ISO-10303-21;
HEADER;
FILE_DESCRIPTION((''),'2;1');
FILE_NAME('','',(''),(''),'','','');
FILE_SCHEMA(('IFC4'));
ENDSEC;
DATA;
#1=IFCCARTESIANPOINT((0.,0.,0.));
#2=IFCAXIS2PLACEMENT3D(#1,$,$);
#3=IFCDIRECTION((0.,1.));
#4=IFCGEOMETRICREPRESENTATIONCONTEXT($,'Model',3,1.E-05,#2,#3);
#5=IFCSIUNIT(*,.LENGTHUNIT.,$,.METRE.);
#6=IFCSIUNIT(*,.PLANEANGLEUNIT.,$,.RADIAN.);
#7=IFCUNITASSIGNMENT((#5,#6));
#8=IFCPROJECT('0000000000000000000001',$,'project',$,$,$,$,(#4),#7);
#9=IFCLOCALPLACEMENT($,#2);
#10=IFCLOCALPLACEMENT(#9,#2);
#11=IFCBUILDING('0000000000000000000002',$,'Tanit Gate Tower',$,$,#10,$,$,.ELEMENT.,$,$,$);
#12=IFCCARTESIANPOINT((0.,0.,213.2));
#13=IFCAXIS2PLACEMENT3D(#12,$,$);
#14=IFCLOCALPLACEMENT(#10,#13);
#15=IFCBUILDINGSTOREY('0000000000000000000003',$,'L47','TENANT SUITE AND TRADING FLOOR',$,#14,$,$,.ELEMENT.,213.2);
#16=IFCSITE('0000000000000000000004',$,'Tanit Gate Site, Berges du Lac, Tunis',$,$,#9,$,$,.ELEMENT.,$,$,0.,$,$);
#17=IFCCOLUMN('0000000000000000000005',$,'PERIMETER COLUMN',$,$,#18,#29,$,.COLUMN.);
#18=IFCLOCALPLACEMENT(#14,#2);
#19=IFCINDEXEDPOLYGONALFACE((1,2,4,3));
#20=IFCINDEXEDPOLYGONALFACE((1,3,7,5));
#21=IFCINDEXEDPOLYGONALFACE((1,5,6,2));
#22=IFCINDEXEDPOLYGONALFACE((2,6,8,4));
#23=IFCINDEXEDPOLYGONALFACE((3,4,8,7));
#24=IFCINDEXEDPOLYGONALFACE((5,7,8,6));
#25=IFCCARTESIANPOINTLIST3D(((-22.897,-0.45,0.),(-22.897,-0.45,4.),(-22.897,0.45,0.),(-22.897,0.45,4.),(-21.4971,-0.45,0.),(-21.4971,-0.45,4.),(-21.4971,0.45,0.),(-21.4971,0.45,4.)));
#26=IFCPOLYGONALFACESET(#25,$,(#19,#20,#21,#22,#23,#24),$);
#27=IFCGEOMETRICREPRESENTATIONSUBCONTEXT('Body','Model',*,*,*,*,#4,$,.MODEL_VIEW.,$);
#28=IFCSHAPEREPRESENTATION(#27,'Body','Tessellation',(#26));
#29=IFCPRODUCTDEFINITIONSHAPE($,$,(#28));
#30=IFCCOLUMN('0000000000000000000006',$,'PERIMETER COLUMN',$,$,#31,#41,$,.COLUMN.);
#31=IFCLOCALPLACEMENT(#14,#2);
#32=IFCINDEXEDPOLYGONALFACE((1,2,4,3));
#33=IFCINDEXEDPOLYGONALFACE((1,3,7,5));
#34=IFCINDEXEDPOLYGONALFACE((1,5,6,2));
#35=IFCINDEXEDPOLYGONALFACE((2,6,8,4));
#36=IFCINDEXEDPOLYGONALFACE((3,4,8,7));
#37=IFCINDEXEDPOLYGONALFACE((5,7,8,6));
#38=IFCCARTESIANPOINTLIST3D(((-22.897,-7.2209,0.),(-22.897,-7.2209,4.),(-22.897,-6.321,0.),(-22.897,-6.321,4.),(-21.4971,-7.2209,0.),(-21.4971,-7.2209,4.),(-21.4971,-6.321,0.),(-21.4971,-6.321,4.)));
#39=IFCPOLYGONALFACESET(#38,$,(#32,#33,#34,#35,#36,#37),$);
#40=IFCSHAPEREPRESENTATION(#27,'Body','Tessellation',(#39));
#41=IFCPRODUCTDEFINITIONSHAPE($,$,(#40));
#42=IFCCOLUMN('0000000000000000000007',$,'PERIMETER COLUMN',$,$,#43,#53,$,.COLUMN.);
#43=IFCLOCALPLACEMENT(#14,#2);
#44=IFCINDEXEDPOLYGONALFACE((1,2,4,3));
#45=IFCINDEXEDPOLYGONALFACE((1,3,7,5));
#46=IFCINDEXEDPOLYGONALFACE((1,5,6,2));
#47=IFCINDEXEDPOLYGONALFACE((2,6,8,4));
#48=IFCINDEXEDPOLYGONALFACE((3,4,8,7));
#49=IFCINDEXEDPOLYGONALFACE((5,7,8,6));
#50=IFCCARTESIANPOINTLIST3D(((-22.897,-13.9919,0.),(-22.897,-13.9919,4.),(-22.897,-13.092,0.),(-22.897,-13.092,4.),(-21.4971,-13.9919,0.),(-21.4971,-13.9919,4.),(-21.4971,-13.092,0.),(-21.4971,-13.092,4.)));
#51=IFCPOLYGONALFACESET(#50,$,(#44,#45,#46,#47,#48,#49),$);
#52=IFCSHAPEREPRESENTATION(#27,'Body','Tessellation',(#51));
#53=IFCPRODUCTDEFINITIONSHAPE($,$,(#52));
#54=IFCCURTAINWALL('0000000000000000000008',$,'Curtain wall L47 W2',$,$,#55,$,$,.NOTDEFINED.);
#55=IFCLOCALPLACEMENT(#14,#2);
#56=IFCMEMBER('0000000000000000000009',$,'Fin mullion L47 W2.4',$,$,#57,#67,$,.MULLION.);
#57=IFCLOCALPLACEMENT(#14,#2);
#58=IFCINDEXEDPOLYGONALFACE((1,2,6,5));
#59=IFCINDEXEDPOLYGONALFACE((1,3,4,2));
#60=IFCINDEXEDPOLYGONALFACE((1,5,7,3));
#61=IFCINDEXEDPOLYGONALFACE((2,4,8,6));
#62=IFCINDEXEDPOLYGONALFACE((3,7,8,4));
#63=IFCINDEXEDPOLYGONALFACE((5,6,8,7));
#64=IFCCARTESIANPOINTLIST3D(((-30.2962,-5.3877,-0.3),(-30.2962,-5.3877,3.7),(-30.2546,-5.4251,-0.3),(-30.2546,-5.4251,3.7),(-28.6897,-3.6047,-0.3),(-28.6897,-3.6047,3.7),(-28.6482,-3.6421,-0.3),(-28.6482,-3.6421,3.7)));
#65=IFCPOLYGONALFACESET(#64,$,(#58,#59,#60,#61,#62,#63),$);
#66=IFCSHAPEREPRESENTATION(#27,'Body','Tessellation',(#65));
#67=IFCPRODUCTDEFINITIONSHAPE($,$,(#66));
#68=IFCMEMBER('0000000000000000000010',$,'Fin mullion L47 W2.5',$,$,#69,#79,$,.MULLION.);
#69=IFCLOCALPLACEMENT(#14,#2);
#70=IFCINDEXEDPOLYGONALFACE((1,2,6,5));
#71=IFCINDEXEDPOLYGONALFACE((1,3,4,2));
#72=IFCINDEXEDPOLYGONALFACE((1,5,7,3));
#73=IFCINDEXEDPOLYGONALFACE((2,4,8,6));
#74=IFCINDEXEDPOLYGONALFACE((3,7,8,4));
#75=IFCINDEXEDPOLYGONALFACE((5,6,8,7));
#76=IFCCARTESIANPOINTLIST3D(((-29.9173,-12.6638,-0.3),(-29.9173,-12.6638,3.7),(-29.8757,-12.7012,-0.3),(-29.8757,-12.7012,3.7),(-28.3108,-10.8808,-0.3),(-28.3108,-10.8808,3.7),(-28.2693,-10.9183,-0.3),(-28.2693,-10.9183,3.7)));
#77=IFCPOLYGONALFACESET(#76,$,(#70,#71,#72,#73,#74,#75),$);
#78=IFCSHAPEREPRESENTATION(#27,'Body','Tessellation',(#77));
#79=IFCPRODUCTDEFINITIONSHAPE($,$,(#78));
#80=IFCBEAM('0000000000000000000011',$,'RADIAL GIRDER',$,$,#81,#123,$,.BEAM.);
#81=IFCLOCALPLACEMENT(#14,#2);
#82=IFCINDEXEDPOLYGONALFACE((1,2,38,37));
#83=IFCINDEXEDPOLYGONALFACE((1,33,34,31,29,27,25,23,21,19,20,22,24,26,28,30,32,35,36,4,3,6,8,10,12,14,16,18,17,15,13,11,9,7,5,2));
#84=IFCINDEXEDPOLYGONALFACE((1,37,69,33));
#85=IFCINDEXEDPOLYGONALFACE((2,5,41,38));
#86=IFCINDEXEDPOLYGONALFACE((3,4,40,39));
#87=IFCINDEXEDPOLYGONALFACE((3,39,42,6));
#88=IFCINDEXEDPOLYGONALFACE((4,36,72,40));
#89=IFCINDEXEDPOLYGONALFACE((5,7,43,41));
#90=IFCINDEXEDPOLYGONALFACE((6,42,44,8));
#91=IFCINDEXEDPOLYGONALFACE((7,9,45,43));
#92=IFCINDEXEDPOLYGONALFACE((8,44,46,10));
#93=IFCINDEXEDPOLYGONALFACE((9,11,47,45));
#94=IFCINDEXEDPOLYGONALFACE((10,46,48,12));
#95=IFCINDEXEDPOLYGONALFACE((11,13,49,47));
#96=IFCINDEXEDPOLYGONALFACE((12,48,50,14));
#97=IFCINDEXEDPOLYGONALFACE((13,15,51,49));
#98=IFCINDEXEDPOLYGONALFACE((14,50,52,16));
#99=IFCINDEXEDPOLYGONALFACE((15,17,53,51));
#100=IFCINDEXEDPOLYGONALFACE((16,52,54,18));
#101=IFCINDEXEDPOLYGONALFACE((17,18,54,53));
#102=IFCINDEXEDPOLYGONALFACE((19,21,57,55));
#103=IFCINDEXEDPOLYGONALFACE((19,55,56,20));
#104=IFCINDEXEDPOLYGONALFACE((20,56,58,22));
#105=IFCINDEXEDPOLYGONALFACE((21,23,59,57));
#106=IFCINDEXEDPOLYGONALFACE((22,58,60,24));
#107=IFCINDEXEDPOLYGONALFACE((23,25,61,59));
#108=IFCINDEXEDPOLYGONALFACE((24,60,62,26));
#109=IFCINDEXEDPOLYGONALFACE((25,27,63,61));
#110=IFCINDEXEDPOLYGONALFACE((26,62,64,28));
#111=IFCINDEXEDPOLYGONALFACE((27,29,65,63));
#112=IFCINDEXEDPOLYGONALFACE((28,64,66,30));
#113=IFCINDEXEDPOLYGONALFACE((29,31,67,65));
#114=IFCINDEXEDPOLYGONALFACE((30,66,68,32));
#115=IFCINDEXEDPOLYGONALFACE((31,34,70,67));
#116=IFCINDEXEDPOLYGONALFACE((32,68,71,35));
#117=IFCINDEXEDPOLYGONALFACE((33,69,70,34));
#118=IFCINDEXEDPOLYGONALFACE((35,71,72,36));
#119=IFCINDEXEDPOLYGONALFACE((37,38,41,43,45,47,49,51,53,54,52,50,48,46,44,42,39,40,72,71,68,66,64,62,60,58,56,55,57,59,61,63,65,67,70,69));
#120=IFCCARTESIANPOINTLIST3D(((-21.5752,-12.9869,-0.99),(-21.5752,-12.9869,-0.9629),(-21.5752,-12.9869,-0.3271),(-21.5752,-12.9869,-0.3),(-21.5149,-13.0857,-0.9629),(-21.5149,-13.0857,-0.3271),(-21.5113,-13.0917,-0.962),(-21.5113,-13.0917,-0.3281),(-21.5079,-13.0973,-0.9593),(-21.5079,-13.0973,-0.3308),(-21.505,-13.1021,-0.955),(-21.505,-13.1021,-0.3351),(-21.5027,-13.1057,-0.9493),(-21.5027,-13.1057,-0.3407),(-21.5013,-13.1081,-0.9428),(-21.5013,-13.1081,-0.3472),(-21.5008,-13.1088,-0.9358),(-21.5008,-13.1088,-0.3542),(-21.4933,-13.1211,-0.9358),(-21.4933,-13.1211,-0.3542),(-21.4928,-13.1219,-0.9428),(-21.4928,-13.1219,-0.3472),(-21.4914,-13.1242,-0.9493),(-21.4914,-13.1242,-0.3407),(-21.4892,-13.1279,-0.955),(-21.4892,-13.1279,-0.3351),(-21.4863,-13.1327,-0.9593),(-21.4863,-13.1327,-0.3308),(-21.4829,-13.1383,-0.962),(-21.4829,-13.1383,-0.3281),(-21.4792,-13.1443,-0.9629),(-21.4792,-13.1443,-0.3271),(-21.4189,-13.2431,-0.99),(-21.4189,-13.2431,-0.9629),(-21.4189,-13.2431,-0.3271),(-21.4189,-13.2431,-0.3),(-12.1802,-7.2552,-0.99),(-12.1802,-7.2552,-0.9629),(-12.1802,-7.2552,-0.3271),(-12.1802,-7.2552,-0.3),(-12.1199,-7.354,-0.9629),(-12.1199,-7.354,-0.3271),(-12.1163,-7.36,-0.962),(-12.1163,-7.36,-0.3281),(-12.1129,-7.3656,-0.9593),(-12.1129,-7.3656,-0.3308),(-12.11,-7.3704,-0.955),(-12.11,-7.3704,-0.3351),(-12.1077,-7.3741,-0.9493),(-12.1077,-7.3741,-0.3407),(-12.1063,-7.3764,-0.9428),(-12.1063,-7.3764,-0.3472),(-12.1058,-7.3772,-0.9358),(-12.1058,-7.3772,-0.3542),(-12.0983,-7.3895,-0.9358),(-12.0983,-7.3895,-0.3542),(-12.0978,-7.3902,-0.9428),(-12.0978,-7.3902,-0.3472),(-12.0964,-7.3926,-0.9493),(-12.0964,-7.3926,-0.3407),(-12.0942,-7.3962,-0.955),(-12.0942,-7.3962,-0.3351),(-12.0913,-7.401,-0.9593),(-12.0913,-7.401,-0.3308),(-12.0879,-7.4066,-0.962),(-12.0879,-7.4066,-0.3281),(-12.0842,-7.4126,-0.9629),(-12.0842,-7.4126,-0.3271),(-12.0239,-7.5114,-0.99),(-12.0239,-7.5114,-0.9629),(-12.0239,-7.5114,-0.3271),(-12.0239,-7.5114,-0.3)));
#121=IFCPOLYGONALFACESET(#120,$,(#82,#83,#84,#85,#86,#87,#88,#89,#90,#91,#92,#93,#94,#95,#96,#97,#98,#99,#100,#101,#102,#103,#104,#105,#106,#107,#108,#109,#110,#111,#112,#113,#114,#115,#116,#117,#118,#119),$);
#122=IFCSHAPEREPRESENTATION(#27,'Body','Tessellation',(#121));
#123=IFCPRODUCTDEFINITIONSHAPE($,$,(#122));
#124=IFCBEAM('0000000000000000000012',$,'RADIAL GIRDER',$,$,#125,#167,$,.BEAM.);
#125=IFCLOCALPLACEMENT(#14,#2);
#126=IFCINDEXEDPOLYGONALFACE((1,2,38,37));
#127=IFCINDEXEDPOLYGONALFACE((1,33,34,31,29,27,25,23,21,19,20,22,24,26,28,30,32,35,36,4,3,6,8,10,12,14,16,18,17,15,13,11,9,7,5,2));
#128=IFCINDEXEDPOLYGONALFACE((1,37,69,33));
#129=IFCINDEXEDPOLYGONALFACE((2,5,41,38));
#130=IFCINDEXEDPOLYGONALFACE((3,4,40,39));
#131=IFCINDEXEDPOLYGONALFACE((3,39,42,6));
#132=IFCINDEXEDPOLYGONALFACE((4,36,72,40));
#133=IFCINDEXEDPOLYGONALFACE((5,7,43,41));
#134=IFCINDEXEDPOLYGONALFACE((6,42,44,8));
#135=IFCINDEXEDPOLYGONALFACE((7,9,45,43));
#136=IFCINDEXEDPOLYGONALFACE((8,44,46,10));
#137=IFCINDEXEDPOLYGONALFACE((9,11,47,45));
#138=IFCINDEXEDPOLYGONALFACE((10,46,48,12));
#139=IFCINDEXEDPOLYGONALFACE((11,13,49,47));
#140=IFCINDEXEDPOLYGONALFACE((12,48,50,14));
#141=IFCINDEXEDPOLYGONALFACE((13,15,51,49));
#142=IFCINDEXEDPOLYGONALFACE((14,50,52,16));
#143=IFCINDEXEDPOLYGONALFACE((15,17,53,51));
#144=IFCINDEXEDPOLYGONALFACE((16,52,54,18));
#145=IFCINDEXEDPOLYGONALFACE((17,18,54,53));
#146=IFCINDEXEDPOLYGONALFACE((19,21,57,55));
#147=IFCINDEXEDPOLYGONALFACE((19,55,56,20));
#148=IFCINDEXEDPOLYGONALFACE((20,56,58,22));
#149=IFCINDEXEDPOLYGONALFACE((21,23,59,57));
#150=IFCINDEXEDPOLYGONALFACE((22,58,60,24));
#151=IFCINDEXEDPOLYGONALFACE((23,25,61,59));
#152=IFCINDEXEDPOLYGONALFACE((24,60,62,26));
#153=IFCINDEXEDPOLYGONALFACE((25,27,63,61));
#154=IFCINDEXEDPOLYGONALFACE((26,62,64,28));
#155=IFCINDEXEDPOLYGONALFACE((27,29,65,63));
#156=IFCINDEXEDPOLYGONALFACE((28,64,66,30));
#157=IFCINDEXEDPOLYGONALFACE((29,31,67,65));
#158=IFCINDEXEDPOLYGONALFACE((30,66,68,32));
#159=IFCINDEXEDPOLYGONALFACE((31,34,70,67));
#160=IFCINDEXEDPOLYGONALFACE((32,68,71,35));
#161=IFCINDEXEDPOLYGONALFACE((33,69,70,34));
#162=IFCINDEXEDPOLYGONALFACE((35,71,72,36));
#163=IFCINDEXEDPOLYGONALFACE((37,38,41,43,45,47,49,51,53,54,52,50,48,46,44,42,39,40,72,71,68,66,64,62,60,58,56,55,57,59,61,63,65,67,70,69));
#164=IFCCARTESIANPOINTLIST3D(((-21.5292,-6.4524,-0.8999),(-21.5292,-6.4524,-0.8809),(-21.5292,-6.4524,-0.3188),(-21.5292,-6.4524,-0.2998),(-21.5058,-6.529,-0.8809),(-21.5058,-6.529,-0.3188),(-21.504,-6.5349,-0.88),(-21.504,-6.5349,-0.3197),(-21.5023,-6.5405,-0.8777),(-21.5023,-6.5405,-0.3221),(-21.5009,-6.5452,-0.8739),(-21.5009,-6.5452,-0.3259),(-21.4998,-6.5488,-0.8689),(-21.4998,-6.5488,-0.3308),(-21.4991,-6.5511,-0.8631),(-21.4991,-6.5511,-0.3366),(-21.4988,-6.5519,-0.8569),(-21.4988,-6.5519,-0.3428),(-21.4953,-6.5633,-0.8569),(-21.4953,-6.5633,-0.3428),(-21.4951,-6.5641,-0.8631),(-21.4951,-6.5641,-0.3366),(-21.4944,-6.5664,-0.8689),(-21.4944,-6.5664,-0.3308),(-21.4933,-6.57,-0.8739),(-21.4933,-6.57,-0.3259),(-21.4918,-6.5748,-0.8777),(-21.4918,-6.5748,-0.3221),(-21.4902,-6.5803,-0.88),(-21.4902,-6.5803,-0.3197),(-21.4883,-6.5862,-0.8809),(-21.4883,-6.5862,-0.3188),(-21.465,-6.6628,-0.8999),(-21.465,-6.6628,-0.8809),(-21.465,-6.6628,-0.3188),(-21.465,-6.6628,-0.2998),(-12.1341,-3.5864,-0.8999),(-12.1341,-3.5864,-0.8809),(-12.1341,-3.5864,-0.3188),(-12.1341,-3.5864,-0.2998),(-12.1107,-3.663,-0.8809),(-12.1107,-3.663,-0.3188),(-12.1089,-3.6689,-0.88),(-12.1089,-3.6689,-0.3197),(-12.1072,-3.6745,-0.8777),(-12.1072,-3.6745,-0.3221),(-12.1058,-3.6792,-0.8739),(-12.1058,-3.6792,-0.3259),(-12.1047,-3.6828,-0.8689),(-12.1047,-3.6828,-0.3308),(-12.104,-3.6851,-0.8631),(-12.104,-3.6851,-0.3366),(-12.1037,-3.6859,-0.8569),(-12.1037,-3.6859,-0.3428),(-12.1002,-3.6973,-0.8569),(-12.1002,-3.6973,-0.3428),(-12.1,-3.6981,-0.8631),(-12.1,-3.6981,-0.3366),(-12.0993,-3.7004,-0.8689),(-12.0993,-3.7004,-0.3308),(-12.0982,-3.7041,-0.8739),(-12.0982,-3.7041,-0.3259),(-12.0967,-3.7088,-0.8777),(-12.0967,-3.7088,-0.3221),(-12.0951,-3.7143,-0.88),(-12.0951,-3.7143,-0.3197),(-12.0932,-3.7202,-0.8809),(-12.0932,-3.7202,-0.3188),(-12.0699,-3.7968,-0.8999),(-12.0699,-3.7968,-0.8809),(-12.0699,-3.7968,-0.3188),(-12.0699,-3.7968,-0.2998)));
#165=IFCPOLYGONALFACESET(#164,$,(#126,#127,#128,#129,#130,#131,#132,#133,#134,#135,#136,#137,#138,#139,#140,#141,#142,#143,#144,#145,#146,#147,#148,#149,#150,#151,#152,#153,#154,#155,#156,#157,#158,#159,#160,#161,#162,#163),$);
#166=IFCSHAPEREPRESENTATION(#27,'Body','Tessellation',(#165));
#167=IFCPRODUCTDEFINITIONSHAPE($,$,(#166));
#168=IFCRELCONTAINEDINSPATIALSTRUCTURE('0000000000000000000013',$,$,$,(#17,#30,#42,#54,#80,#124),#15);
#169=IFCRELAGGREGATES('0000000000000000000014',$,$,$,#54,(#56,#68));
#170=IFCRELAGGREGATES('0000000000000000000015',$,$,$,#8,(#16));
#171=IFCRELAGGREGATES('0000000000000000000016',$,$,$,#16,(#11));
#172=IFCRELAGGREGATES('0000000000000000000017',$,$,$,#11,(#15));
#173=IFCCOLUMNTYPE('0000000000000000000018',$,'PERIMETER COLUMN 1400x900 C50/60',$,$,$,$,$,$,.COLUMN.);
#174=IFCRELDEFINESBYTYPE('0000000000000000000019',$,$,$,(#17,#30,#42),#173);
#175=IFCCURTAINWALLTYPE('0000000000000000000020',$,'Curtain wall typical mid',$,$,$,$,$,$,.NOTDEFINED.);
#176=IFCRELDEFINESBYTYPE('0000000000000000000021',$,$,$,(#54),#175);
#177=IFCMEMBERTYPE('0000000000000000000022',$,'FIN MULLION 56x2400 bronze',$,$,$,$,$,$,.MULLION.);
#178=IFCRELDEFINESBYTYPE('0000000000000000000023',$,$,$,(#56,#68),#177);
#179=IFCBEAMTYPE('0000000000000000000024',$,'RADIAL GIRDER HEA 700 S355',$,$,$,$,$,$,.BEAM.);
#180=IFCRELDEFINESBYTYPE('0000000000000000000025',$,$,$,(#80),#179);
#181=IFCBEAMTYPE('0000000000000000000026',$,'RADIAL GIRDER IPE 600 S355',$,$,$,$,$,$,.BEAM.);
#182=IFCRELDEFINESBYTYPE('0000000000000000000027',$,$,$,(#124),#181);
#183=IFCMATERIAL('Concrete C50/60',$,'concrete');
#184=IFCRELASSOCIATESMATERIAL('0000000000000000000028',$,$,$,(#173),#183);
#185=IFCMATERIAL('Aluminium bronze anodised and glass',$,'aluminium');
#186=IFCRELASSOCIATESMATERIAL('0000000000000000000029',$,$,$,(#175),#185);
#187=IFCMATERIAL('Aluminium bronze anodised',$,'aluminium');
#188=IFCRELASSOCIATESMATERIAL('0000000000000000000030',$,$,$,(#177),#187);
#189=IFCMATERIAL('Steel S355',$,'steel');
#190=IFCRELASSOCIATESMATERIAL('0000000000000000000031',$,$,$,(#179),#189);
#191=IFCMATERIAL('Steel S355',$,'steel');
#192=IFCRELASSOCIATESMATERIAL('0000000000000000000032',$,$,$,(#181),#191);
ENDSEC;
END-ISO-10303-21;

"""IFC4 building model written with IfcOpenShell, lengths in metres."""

from ifc_helpers import new_model, si_unit, direction, frame, origin, origin_2d, place, context, subcontext, project, spatial, rectangle, i_section, extrude, material, material_profile, profile_set, type_object, element, aggregate, save


model = new_model("IFC4")

# Units and contexts
model_context = context("Model", 3, precision=1e-05, world=origin(), true_north=direction((0.0, 1.0)))
body_context = subcontext(model_context, "Body", "Model", "MODEL_VIEW")
ifc_project = project(units=[si_unit("LENGTHUNIT", "METRE"), si_unit("PLANEANGLEUNIT", "RADIAN")], contexts=[model_context])

# Site, building, storey
site_placement = place(None, origin())
site = spatial("IfcSite", under=ifc_project, at=site_placement, Name="Tanit Gate Site, Berges du Lac, Tunis", CompositionType="ELEMENT", RefElevation=0.0)
building_placement = place(site_placement, origin())
building = spatial("IfcBuilding", under=site, at=building_placement, Name="Tanit Gate Tower", CompositionType="ELEMENT")
storey_placement = place(building_placement, frame((0.0, 0.0, 213.2)))
storey = spatial("IfcBuildingStorey", under=building, at=storey_placement, Name="L47", Description="TENANT SUITE AND TRADING FLOOR", CompositionType="ELEMENT", Elevation=213.2)

# Columns
ifc_material_1 = material(Name="Concrete C50/60", Category="concrete")
ifc_material_profile_1 = material_profile(ifc_material_1, rectangle(XDim=1.3999, YDim=0.8999, at=origin_2d()), Name="RC 1400x900")
ifc_profile_set_1 = profile_set([ifc_material_profile_1], Name="Concrete C50/60")
column_type = type_object("IfcColumnType", Name="PERIMETER COLUMN 1400x900 C50/60", PredefinedType="COLUMN", material=ifc_profile_set_1)
for number, where, z_axis, x_axis, name in (
    (1, (-22.197, 0.0, 0.0), (0.0, 0.0, 1.0), (-1.0, 0.0, 0.0), "PERIMETER COLUMN"),
    (2, (-22.197, -6.771, 0.0), (0.0, 0.0, 1.0), (-1.0, 0.0, 0.0), "PERIMETER COLUMN"),
    (3, (-22.197, -13.542, 0.0), (0.0, 0.0, 1.0), (-1.0, 0.0, 0.0), "PERIMETER COLUMN"),
):
    element("IfcColumn", number, at=place(storey_placement, frame(where, z_axis=z_axis, x_axis=x_axis)), inside=storey, type_object=column_type, Name=name, PredefinedType="COLUMN", context=body_context, shape_type="SweptSolid", body=[
        extrude(rectangle(XDim=1.3999, YDim=0.8999, at=origin_2d()), origin(), (0.0, 0.0, 1.0), 4.0),
    ])

# Curtain wall, members
ifc_material_2 = material(Name="Aluminium bronze anodised and glass", Category="aluminium")
curtain_wall_type = type_object("IfcCurtainWallType", Name="Curtain wall typical mid", PredefinedType="NOTDEFINED", material=ifc_material_2)
curtain_wall_placement = place(storey_placement, origin())
curtain_wall = element("IfcCurtainWall", 4, at=curtain_wall_placement, inside=storey, type_object=curtain_wall_type, Name="Curtain wall L47 W2", PredefinedType="NOTDEFINED")
ifc_material_3 = material(Name="Aluminium bronze anodised", Category="aluminium")
ifc_material_profile_2 = material_profile(ifc_material_3, rectangle(XDim=2.3999, YDim=0.0559, at=origin_2d()), Name="56x2400 bronze fin mullion")
ifc_profile_set_2 = profile_set([ifc_material_profile_2], Name="Aluminium bronze anodised")
member_type_1 = type_object("IfcMemberType", Name="FIN MULLION 56x2400 bronze", PredefinedType="MULLION", material=ifc_profile_set_2)
member_1_placement = place(storey_placement, frame((-29.4722, -4.5149, -0.3), z_axis=(0.0, 0.0, 1.0), x_axis=(0.669378, 0.742922, 0.0)))
member_1 = element("IfcMember", 5, at=member_1_placement, type_object=member_type_1, Name="Fin mullion L47 W2.4", PredefinedType="MULLION", context=body_context, shape_type="SweptSolid", body=[
    extrude(rectangle(XDim=2.3999, YDim=0.0559, at=origin_2d()), origin(), (0.0, 0.0, 1.0), 4.0),
])
member_2_placement = place(storey_placement, frame((-29.0933, -11.791, -0.3), z_axis=(0.0, 0.0, 1.0), x_axis=(0.669378, 0.742922, 0.0)))
member_2 = element("IfcMember", 6, at=member_2_placement, type_object=member_type_1, Name="Fin mullion L47 W2.5", PredefinedType="MULLION", context=body_context, shape_type="SweptSolid", body=[
    extrude(rectangle(XDim=2.3999, YDim=0.0559, at=origin_2d()), origin(), (0.0, 0.0, 1.0), 4.0),
])

# Beams
ifc_material_4 = material(Name="Steel S355", Category="steel")
ifc_material_profile_3 = material_profile(ifc_material_4, i_section(OverallWidth=0.3, OverallDepth=0.6899, WebThickness=0.0144, FlangeThickness=0.0271, FilletRadius=0.0271, at=origin_2d()), Name="HEA 700")
ifc_profile_set_3 = profile_set([ifc_material_profile_3], Name="Steel S355")
beam_type_1 = type_object("IfcBeamType", Name="RADIAL GIRDER HEA 700 S355", PredefinedType="BEAM", material=ifc_profile_set_3)
beam_1_placement = place(storey_placement, frame((-21.4971, -13.115, -0.645), z_axis=(0.853674, 0.520807, 0.0), x_axis=(-0.520807, 0.853674, 0.0)))
element("IfcBeam", 7, at=beam_1_placement, inside=storey, type_object=beam_type_1, Name="RADIAL GIRDER", PredefinedType="BEAM", context=body_context, shape_type="SweptSolid", body=[
    extrude(i_section(OverallWidth=0.3, OverallDepth=0.6899, WebThickness=0.0144, FlangeThickness=0.0271, FilletRadius=0.0271, at=origin_2d()), origin(), (0.0, 0.0, 1.0), 11.0054),
])
ifc_material_5 = material(Name="Steel S355", Category="steel")
ifc_material_profile_4 = material_profile(ifc_material_5, i_section(OverallWidth=0.22, OverallDepth=0.6001, WebThickness=0.012, FlangeThickness=0.019, FilletRadius=0.0239, at=origin_2d()), Name="IPE 600")
ifc_profile_set_4 = profile_set([ifc_material_profile_4], Name="Steel S355")
beam_type_2 = type_object("IfcBeamType", Name="RADIAL GIRDER IPE 600 S355", PredefinedType="BEAM", material=ifc_profile_set_4)
beam_2_placement = place(storey_placement, frame((-21.4971, -6.5576, -0.5999), z_axis=(0.956486, 0.291778, 0.0), x_axis=(-0.291778, 0.956486, 0.0)))
element("IfcBeam", 8, at=beam_2_placement, inside=storey, type_object=beam_type_2, Name="RADIAL GIRDER", PredefinedType="BEAM", context=body_context, shape_type="SweptSolid", body=[
    extrude(i_section(OverallWidth=0.22, OverallDepth=0.6001, WebThickness=0.012, FlangeThickness=0.019, FilletRadius=0.0239, at=origin_2d()), origin(), (0.0, 0.0, 1.0), 9.8225),
])

aggregate(curtain_wall, [member_1, member_2])

save(model, "model.ifc")
